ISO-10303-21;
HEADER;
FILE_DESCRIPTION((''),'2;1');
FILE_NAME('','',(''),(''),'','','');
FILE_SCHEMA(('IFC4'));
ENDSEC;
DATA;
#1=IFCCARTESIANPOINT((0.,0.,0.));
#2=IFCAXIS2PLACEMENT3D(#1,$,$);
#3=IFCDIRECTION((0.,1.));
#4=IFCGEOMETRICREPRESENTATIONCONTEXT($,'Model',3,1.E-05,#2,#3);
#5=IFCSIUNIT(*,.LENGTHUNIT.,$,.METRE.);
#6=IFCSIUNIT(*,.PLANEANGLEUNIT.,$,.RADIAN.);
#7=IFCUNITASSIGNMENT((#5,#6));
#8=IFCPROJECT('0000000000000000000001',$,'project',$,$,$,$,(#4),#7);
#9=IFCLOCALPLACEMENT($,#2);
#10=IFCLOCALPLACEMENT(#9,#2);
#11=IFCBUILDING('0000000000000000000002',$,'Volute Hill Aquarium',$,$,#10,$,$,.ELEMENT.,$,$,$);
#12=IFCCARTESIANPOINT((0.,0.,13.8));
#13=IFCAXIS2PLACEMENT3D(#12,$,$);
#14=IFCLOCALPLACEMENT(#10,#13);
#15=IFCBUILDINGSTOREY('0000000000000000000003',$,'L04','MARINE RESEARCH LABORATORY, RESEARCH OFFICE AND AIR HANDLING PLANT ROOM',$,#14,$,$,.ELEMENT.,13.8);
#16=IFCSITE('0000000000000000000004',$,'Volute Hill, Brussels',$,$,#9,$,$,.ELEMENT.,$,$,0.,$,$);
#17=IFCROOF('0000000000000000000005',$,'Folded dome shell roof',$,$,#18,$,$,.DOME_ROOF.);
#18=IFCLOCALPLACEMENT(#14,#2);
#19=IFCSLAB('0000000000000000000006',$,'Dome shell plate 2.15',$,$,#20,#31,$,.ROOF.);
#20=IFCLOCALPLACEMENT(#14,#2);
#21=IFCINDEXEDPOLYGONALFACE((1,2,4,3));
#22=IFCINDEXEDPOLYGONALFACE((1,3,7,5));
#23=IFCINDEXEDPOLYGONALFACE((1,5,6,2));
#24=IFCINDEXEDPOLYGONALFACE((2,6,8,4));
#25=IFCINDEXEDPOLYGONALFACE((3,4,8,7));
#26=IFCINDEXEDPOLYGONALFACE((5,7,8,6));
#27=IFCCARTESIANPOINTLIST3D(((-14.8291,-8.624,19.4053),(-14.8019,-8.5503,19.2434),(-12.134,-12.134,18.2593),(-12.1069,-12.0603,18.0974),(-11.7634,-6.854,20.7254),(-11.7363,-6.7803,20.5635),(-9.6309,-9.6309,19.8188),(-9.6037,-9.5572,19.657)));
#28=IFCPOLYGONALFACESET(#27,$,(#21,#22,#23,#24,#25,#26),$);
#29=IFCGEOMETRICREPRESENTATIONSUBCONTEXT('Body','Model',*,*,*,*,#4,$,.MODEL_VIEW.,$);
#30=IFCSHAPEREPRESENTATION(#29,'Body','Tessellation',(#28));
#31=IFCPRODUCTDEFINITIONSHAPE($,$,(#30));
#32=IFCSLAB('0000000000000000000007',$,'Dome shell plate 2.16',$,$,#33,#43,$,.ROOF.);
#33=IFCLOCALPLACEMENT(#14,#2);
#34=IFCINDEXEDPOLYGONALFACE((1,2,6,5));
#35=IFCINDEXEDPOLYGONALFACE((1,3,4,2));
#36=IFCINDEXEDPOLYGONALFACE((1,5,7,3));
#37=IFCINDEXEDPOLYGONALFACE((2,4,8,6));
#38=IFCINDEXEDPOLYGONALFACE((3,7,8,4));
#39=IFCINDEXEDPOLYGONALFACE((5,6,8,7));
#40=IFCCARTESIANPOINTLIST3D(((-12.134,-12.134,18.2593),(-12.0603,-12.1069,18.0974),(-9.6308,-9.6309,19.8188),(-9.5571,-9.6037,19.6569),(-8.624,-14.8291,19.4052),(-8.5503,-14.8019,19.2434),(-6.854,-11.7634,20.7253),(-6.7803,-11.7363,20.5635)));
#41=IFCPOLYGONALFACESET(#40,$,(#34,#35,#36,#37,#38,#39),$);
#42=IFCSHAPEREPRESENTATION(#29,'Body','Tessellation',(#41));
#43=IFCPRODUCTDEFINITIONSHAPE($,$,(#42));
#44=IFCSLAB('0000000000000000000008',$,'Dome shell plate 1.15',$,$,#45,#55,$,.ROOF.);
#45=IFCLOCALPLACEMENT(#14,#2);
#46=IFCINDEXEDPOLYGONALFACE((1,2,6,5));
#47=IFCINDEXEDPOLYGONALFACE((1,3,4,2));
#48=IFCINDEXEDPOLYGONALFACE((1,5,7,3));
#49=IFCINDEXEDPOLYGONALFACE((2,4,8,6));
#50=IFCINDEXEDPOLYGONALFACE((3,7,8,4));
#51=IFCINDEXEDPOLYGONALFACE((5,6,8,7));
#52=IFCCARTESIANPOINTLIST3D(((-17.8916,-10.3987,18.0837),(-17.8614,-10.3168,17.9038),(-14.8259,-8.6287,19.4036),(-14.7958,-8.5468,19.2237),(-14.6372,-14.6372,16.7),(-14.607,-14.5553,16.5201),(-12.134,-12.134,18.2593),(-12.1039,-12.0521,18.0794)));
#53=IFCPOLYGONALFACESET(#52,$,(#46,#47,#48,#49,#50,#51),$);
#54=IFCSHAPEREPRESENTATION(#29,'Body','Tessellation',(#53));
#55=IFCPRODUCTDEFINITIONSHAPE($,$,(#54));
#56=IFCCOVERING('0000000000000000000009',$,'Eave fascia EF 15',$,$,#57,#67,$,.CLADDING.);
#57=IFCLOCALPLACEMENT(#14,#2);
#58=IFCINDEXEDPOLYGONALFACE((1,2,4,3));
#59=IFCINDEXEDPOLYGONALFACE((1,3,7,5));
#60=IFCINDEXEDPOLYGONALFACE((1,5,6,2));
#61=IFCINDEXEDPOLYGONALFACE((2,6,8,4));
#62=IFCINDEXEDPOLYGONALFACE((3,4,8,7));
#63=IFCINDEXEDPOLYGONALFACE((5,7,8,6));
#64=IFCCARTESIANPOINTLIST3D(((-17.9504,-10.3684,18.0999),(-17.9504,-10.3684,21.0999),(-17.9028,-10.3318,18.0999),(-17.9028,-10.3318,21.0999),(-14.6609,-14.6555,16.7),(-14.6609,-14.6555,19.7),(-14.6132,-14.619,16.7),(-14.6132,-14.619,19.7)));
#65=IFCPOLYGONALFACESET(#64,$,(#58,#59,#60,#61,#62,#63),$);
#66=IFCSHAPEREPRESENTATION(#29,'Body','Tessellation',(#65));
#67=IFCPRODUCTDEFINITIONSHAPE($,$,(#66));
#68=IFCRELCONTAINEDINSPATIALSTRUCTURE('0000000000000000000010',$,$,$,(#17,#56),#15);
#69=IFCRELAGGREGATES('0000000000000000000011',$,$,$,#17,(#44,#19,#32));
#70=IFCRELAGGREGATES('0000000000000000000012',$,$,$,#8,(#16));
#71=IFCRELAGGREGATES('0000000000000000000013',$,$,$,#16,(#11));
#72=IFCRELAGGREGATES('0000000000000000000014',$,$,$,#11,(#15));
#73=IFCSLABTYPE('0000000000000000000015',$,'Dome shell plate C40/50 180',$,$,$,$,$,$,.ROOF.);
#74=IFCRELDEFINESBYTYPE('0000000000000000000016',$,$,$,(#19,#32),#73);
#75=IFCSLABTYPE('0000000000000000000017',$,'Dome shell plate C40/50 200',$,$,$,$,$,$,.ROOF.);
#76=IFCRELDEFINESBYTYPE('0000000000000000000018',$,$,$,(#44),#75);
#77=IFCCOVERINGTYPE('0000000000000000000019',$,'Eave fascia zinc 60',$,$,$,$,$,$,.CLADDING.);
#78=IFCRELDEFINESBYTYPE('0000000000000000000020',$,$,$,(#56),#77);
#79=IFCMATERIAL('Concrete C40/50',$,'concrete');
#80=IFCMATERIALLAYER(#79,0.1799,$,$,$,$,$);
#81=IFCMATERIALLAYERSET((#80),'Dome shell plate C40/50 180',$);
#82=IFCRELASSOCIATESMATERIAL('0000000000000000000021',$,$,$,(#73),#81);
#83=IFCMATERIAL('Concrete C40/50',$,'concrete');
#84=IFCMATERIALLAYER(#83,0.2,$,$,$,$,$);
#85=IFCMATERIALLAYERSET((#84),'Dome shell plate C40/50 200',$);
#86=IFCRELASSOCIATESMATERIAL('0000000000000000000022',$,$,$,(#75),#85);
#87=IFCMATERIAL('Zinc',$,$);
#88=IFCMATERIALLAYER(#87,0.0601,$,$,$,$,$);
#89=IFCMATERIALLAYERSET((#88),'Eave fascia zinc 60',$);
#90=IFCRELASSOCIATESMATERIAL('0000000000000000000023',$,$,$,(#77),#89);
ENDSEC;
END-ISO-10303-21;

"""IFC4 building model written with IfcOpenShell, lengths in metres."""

from ifc_helpers import new_model, si_unit, direction, frame, origin, place, context, subcontext, project, spatial, polyline, outline, extrude, material, layer, layer_set, type_object, element, aggregate, save


model = new_model("IFC4")

# Units and contexts
model_context = context("Model", 3, precision=1e-05, world=origin(), true_north=direction((0.0, 1.0)))
body_context = subcontext(model_context, "Body", "Model", "MODEL_VIEW")
ifc_project = project(units=[si_unit("LENGTHUNIT", "METRE"), si_unit("PLANEANGLEUNIT", "RADIAN")], contexts=[model_context])

# Site, building, storey
site_placement = place(None, origin())
site = spatial("IfcSite", under=ifc_project, at=site_placement, Name="Volute Hill, Brussels", CompositionType="ELEMENT", RefElevation=0.0)
building_placement = place(site_placement, origin())
building = spatial("IfcBuilding", under=site, at=building_placement, Name="Volute Hill Aquarium", CompositionType="ELEMENT")
storey_placement = place(building_placement, frame((0.0, 0.0, 13.8)))
storey = spatial("IfcBuildingStorey", under=building, at=storey_placement, Name="L04", Description="MARINE RESEARCH LABORATORY, RESEARCH OFFICE AND AIR HANDLING PLANT ROOM", CompositionType="ELEMENT", Elevation=13.8)

# Roof, slabs
roof_placement = place(storey_placement, origin())
roof = element("IfcRoof", 1, at=roof_placement, inside=storey, Name="Folded dome shell roof", PredefinedType="DOME_ROOF")
ifc_material_1 = material(Name="Concrete C40/50", Category="concrete")
ifc_layer_1 = layer(ifc_material_1, 0.1799)
ifc_layer_set_1 = layer_set([ifc_layer_1], Name="Dome shell plate C40/50 180")
slab_type_1 = type_object("IfcSlabType", Name="Dome shell plate C40/50 180", PredefinedType="ROOF", material=ifc_layer_set_1)
slab_1_placement = place(storey_placement, frame((-14.8291, -8.624, 19.4053), z_axis=(-0.150917, -0.409612, 0.89969), x_axis=(0.589561, -0.767837, -0.250687)))
slab_1 = element("IfcSlab", 2, at=slab_1_placement, type_object=slab_type_1, Name="Dome shell plate 2.15", PredefinedType="ROOF", context=body_context, shape_type="SweptSolid", body=[
    extrude(outline(polyline([(0.0, 0.0), (4.5713, 0.0), (3.7341, 3.7766), (0.1174, 3.7763), (0.0, 0.0)])), origin(), (0.0, 0.0, -1.0), 0.1799),
])
slab_2_placement = place(storey_placement, frame((-12.134, -12.134, 18.2593), z_axis=(-0.409612, -0.150917, 0.89969), x_axis=(0.767837, -0.589561, 0.250687)))
slab_2 = element("IfcSlab", 3, at=slab_2_placement, type_object=slab_type_1, Name="Dome shell plate 2.16", PredefinedType="ROOF", context=body_context, shape_type="SweptSolid", body=[
    extrude(outline(polyline([(0.0, 0.0), (4.5713, 0.0), (4.4539, 3.7763), (0.8372, 3.7766), (0.0, 0.0)])), origin(), (0.0, 0.0, -1.0), 0.1799),
])
ifc_material_2 = material(Name="Concrete C40/50", Category="concrete")
ifc_layer_2 = layer(ifc_material_2, 0.2)
ifc_layer_set_2 = layer_set([ifc_layer_2], Name="Dome shell plate C40/50 200")
slab_type_2 = type_object("IfcSlabType", Name="Dome shell plate C40/50 200", PredefinedType="ROOF", material=ifc_layer_set_2)
slab_3_placement = place(storey_placement, frame((-17.8916, -10.3987, 18.0837), z_axis=(-0.150878, -0.409575, 0.899713), x_axis=(0.589557, -0.767843, -0.250678)))
slab_3 = element("IfcSlab", 4, at=slab_3_placement, type_object=slab_type_2, Name="Dome shell plate 1.15", PredefinedType="ROOF", context=body_context, shape_type="SweptSolid", body=[
    extrude(outline(polyline([(0.0, 0.0), (5.5201, 0.0), (4.6829, 3.7766), (0.1174, 3.7762), (0.0, 0.0)])), origin(), (0.0, 0.0, -1.0), 0.2),
])
aggregate(roof, [slab_3, slab_1, slab_2])

# Covering
ifc_material_3 = material(Name="Zinc")
ifc_layer_3 = layer(ifc_material_3, 0.0601)
ifc_layer_set_3 = layer_set([ifc_layer_3], Name="Eave fascia zinc 60")
covering_type = type_object("IfcCoveringType", Name="Eave fascia zinc 60", PredefinedType="CLADDING", material=ifc_layer_set_3)
covering_placement = place(storey_placement, frame((-17.9504, -10.3684, 18.0999), z_axis=(-0.793359, -0.608754, 0.0), x_axis=(0.5893, -0.768006, -0.250783)))
element("IfcCovering", 5, at=covering_placement, inside=storey, type_object=covering_type, Name="Eave fascia EF 15", PredefinedType="CLADDING", context=body_context, shape_type="SweptSolid", body=[
    extrude(outline(polyline([(0.0, 0.0), (5.5821, 0.0), (4.8298, 2.9041), (-0.7523, 2.9041), (0.0, 0.0)])), origin(), (0.0, 0.0, -1.0), 0.0601),
])

save(model, "model.ifc")
